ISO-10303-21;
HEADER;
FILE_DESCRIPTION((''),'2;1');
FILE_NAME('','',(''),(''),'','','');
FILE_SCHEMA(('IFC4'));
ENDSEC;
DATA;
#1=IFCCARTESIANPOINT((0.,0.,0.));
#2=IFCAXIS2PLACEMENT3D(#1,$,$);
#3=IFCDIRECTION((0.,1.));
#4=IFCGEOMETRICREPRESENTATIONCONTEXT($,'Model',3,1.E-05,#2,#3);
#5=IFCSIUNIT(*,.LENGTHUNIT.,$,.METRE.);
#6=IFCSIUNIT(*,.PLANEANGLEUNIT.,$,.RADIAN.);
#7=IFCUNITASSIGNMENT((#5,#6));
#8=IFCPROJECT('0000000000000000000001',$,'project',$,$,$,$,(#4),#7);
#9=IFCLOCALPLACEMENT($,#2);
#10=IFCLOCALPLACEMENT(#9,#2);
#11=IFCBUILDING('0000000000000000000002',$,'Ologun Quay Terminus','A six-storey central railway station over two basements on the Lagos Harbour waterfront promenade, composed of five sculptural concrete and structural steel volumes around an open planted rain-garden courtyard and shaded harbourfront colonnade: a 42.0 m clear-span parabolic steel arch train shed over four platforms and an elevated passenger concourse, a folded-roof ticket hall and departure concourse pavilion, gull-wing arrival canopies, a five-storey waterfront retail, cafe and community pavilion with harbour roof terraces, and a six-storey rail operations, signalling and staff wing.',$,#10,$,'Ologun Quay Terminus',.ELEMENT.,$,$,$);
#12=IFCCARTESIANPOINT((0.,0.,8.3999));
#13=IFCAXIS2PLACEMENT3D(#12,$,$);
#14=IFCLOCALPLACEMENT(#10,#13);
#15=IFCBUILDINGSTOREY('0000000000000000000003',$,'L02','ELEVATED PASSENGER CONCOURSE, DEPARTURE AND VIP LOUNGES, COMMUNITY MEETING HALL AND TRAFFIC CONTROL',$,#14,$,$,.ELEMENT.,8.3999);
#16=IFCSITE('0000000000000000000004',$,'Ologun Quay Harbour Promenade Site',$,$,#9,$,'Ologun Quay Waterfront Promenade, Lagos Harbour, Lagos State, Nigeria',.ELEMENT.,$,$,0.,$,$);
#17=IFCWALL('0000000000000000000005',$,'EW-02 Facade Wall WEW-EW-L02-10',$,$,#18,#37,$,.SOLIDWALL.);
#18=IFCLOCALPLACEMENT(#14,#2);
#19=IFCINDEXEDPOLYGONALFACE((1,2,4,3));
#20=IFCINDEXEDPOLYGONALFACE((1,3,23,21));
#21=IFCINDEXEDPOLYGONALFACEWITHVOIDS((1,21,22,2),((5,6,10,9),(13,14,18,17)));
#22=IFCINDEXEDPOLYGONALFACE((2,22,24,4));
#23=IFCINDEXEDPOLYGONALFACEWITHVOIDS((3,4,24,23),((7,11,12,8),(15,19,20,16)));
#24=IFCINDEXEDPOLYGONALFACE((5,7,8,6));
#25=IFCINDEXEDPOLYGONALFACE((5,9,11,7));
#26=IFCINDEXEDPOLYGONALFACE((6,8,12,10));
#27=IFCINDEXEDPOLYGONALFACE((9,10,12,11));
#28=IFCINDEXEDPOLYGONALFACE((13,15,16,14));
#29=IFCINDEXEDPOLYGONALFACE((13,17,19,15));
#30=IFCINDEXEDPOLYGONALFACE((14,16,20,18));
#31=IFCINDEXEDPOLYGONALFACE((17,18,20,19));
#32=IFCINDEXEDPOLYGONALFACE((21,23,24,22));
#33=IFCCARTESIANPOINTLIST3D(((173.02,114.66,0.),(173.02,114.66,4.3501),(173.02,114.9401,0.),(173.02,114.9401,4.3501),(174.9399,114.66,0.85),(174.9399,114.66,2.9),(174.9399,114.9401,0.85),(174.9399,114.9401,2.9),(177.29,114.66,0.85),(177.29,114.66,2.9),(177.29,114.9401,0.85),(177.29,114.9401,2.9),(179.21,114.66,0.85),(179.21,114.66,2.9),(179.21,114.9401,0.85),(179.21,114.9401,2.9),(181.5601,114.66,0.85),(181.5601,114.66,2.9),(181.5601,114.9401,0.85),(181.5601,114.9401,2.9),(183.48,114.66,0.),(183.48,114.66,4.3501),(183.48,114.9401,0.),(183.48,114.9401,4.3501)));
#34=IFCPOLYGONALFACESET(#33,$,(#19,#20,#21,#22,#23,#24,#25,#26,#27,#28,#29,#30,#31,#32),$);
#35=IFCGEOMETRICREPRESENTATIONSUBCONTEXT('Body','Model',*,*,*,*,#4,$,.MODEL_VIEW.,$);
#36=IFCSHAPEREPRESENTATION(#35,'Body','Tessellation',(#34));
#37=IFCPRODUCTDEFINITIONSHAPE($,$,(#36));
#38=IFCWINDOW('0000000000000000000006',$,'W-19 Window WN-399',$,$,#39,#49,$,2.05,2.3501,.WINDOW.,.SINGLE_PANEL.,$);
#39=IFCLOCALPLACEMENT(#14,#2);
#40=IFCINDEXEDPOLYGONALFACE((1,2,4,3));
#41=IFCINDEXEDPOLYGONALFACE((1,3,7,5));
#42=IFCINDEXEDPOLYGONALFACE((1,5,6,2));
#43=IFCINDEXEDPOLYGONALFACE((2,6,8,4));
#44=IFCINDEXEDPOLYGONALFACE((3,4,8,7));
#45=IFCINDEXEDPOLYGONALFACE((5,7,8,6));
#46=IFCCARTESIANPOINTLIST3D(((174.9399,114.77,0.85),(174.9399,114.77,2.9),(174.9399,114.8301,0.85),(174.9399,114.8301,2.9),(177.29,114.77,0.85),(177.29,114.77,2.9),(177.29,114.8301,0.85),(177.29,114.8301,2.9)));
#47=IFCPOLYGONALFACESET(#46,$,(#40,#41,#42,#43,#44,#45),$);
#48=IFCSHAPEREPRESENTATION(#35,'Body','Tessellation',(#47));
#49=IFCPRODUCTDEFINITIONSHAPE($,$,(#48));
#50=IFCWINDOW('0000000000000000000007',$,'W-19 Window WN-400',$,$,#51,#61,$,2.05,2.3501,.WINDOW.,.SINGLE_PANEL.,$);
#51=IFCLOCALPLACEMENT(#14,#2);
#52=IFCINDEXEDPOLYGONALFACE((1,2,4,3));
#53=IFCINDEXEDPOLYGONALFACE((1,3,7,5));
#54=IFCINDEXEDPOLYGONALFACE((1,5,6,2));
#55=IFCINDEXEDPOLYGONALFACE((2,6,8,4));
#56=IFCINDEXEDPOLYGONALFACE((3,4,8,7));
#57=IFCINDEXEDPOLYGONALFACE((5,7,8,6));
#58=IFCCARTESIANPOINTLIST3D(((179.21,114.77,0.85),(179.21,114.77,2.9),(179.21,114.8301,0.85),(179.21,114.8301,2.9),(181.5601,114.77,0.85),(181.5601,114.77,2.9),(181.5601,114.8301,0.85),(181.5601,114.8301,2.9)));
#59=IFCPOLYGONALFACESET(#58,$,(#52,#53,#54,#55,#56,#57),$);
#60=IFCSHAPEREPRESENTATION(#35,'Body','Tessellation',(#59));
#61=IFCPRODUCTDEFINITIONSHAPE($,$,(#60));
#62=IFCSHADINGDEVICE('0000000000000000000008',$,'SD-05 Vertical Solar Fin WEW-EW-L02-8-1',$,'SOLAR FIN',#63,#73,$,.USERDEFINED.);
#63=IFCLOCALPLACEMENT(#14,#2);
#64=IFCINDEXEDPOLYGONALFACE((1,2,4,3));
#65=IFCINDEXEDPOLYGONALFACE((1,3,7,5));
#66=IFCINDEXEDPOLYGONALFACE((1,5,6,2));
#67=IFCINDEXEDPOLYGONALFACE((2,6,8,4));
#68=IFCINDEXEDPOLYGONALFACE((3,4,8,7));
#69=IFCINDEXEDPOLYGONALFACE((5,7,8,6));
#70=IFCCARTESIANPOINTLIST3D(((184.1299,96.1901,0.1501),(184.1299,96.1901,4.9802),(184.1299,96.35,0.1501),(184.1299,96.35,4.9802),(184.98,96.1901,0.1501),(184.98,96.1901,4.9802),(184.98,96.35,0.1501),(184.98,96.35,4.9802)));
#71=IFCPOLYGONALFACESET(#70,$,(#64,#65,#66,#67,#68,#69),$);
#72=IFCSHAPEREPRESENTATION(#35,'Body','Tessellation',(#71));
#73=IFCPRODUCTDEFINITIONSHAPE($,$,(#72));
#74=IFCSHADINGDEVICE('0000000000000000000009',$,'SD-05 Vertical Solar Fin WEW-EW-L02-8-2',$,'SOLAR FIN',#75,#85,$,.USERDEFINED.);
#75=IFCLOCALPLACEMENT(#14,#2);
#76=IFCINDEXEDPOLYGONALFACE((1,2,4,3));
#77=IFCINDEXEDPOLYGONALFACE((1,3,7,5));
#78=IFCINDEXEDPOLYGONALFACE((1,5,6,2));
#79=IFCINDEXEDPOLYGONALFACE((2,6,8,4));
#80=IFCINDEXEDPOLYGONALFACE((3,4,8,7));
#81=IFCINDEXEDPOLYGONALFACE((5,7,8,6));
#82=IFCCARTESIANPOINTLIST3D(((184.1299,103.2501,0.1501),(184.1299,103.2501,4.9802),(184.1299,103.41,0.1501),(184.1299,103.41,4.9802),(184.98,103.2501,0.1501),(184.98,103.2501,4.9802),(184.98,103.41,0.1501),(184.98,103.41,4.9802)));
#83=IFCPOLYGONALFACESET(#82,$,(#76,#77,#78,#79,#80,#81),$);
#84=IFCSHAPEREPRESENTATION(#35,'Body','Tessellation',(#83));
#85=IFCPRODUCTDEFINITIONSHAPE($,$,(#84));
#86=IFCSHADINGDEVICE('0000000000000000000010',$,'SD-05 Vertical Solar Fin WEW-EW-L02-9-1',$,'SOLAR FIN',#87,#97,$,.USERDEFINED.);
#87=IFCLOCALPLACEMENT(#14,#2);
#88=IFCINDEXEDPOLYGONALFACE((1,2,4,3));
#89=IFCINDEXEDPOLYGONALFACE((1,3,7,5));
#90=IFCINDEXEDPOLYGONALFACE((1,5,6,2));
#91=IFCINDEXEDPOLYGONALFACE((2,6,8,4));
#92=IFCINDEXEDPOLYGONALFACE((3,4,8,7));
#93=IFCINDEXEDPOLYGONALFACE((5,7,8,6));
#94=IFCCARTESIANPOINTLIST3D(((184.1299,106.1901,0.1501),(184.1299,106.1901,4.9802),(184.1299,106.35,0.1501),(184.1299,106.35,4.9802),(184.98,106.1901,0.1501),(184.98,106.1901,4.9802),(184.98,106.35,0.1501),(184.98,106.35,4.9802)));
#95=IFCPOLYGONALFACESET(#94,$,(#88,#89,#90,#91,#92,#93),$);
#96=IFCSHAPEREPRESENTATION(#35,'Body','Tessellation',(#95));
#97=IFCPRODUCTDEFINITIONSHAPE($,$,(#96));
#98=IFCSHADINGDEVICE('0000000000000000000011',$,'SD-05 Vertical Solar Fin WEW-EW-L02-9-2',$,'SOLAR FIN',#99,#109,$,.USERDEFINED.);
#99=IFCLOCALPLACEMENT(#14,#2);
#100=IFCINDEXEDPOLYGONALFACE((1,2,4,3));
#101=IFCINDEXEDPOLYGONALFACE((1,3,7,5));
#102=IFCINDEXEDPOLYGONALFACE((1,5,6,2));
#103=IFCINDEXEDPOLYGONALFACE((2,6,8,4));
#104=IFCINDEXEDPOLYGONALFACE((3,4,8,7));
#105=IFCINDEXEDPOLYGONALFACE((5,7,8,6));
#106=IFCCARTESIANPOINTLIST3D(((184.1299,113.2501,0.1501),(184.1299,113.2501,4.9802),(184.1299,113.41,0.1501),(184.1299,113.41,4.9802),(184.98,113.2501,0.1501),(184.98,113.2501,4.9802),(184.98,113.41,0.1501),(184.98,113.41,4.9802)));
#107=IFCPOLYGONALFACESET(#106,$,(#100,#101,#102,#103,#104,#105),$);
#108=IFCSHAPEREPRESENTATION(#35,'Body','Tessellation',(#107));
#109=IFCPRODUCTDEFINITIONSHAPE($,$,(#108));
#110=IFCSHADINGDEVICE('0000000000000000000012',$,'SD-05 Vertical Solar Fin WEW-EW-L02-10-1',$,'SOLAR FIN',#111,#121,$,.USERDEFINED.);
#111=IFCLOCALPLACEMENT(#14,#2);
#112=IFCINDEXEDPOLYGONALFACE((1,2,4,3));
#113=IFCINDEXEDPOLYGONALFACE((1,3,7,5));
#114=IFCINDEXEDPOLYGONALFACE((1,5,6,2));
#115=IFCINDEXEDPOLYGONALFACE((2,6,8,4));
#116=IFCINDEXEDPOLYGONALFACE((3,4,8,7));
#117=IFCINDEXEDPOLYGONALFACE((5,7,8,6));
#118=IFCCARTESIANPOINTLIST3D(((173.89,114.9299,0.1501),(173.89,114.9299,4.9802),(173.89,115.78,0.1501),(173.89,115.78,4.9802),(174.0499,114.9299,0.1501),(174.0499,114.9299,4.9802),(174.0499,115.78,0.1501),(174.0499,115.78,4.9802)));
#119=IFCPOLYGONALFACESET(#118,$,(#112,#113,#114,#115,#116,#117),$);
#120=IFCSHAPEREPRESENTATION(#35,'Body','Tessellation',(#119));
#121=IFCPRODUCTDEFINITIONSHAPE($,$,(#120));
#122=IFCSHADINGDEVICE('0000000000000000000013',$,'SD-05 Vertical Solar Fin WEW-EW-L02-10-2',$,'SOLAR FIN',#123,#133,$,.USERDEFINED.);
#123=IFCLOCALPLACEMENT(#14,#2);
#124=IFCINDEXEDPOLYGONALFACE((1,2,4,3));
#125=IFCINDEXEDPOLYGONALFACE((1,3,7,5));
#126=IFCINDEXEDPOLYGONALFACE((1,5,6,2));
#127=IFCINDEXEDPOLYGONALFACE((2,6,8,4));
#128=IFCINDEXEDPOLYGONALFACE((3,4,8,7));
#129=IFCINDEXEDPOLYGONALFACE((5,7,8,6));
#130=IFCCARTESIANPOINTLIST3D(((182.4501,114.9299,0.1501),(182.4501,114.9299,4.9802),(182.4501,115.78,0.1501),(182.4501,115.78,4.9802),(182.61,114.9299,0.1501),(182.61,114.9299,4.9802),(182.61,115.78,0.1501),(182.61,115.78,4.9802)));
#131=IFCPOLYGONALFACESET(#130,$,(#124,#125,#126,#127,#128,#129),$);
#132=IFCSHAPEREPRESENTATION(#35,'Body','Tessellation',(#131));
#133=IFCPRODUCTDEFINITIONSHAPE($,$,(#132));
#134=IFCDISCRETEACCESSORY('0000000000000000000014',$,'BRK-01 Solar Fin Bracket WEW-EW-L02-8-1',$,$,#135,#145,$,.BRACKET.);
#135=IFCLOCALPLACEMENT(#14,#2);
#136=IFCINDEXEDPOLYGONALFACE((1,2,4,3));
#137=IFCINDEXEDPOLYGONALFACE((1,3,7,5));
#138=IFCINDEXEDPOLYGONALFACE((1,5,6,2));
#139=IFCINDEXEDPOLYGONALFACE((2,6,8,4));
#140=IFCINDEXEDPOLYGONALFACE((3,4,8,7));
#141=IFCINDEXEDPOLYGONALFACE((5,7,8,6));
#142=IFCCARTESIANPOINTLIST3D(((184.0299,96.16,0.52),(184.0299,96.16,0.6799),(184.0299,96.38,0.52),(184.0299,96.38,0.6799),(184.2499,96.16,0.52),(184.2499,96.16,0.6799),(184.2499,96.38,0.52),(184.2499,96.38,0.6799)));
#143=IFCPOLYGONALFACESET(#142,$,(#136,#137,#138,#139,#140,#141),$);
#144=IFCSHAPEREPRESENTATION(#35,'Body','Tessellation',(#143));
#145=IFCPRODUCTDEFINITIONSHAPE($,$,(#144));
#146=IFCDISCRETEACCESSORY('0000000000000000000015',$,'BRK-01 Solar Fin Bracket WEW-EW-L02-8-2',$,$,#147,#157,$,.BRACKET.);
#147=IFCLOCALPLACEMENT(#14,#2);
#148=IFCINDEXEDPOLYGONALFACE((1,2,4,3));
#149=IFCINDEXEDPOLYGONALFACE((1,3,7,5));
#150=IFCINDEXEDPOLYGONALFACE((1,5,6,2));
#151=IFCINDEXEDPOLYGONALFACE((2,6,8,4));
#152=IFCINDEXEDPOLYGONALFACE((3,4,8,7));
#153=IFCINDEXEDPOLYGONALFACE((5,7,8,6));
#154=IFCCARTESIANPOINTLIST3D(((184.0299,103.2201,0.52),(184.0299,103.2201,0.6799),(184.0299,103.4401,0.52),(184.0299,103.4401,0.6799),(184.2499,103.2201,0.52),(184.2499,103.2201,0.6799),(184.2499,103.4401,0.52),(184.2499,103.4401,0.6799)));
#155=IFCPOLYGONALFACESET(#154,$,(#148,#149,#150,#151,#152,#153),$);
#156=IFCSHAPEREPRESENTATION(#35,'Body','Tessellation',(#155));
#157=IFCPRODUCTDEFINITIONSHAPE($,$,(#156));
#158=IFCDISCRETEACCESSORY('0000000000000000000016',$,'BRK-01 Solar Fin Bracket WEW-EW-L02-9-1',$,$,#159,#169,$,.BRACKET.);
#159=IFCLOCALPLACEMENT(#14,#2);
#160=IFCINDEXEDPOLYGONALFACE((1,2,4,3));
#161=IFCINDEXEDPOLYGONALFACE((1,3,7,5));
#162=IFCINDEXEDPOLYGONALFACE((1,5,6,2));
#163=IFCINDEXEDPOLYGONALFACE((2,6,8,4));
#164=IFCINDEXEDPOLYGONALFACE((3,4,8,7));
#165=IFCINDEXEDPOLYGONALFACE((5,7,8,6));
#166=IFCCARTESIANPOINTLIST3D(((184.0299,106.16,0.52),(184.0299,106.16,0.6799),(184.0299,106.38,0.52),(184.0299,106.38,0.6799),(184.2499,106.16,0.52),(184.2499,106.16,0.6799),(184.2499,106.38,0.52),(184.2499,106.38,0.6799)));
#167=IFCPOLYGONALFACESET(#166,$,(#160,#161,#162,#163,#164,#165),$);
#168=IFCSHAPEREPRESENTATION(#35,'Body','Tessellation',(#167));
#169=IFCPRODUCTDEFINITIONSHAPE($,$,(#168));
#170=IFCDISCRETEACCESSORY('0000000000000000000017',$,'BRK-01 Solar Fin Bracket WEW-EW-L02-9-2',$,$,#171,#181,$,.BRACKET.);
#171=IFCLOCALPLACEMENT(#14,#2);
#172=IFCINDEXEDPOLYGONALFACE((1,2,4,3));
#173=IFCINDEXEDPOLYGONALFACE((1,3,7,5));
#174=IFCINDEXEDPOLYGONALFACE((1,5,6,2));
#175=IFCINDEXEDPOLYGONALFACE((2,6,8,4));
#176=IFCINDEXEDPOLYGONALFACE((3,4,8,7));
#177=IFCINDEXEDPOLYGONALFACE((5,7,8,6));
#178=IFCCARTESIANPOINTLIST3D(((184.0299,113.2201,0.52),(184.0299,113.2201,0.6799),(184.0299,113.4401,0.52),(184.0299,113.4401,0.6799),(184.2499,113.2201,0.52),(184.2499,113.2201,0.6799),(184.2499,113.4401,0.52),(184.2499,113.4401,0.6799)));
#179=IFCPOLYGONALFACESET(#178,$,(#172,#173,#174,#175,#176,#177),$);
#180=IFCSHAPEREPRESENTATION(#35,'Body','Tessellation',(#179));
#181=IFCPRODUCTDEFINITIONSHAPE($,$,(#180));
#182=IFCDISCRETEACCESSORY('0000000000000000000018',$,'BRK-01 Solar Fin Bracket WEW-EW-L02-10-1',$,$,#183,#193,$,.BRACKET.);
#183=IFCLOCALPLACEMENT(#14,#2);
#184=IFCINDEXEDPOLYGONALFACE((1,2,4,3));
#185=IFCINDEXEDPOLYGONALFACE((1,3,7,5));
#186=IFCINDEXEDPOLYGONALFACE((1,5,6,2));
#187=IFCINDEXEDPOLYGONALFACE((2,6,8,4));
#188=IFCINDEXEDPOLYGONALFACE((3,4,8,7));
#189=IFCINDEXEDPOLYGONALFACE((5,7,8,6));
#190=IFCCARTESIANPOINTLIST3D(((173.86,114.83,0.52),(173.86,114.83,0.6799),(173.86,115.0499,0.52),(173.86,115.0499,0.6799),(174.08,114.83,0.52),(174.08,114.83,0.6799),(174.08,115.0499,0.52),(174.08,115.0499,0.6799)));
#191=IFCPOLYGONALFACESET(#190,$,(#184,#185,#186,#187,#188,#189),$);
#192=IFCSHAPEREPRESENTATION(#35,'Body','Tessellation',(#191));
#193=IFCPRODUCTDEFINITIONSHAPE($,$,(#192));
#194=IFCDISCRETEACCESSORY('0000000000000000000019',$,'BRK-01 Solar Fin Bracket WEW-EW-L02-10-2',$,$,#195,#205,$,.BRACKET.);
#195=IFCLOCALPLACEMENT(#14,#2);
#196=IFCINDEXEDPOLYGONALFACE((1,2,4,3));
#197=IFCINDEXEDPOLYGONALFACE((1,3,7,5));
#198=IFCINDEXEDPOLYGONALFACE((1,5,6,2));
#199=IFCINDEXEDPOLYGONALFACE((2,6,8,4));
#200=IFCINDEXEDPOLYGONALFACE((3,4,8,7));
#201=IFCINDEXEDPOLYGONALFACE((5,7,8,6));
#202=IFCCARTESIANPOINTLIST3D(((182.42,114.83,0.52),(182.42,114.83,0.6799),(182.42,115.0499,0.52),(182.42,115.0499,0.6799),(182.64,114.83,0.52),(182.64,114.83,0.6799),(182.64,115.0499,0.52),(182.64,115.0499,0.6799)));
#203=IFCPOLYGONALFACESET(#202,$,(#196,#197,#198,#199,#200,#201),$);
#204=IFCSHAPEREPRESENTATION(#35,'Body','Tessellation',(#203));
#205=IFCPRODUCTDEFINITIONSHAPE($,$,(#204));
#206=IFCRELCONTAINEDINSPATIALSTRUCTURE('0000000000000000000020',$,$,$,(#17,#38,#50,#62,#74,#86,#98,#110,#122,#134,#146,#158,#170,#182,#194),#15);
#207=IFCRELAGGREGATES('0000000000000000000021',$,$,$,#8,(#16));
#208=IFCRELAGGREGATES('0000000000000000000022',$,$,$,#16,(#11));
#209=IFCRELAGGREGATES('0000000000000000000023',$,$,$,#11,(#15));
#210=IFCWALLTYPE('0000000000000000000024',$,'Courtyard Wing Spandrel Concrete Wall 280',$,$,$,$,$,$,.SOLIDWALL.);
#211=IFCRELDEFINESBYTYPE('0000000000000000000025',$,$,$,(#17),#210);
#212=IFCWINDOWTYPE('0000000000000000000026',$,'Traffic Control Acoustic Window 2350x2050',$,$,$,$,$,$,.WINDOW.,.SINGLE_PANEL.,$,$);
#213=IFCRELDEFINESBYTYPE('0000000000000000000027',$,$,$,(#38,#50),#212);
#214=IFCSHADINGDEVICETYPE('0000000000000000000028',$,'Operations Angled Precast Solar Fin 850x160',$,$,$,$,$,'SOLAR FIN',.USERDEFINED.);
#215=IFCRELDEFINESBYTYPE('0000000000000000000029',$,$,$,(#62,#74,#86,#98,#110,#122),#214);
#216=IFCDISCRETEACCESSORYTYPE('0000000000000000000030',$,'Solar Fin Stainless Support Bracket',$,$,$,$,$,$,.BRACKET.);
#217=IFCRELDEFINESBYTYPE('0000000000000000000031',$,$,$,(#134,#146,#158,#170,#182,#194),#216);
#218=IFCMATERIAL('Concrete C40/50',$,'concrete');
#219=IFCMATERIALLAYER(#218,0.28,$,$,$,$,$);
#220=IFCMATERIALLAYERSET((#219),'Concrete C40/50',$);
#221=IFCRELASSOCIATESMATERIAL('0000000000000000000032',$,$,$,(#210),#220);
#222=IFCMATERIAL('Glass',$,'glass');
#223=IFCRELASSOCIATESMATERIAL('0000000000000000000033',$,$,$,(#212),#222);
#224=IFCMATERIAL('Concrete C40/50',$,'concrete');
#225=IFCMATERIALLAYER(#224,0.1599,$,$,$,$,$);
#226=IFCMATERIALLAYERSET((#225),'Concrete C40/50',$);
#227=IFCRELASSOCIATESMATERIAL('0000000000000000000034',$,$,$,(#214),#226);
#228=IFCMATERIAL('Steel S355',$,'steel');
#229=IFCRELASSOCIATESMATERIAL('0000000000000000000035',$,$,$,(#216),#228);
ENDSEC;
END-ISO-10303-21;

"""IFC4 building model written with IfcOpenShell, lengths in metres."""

from ifc_helpers import new_model, si_unit, direction, frame, frame_2d, origin, origin_2d, place, context, subcontext, project, spatial, rectangle, extrude, material, layer, layer_set, type_object, element, fill, save


model = new_model("IFC4")

# Units and contexts
model_context = context("Model", 3, precision=1e-05, world=origin(), true_north=direction((0.0, 1.0)))
body_context = subcontext(model_context, "Body", "Model", "MODEL_VIEW")
ifc_project = project(units=[si_unit("LENGTHUNIT", "METRE"), si_unit("PLANEANGLEUNIT", "RADIAN")], contexts=[model_context])

# Site, building, storey
site_placement = place(None, origin())
site = spatial("IfcSite", under=ifc_project, at=site_placement, Name="Ologun Quay Harbour Promenade Site", LongName="Ologun Quay Waterfront Promenade, Lagos Harbour, Lagos State, Nigeria", CompositionType="ELEMENT", RefElevation=0.0)
building_placement = place(site_placement, origin())
building = spatial("IfcBuilding", under=site, at=building_placement, Name="Ologun Quay Terminus", Description="A six-storey central railway station over two basements on the Lagos Harbour waterfront promenade, composed of five sculptural concrete and structural steel volumes around an open planted rain-garden courtyard and shaded harbourfront colonnade: a 42.0 m clear-span parabolic steel arch train shed over four platforms and an elevated passenger concourse, a folded-roof ticket hall and departure concourse pavilion, gull-wing arrival canopies, a five-storey waterfront retail, cafe and community pavilion with harbour roof terraces, and a six-storey rail operations, signalling and staff wing.", LongName="Ologun Quay Terminus", CompositionType="ELEMENT")
storey_placement = place(building_placement, frame((0.0, 0.0, 8.3999)))
storey = spatial("IfcBuildingStorey", under=building, at=storey_placement, Name="L02", Description="ELEVATED PASSENGER CONCOURSE, DEPARTURE AND VIP LOUNGES, COMMUNITY MEETING HALL AND TRAFFIC CONTROL", CompositionType="ELEMENT", Elevation=8.3999)

# Wall, openings, windows
ifc_material_1 = material(Name="Concrete C40/50", Category="concrete")
ifc_layer_1 = layer(ifc_material_1, 0.28)
ifc_layer_set_1 = layer_set([ifc_layer_1], Name="Concrete C40/50")
wall_type = type_object("IfcWallType", Name="Courtyard Wing Spandrel Concrete Wall 280", PredefinedType="SOLIDWALL", material=ifc_layer_set_1)
wall_1_placement = place(storey_placement, frame((173.02, 114.8, 0.0), z_axis=(0.0, 0.0, 1.0), x_axis=(1.0, 0.0, 0.0)))
wall_1 = element("IfcWall", 1, at=wall_1_placement, inside=storey, type_object=wall_type, Name="EW-02 Facade Wall WEW-EW-L02-10", PredefinedType="SOLIDWALL", context=body_context, shape_type="SweptSolid", body=[
    extrude(rectangle(XDim=10.46, YDim=0.28, at=frame_2d((5.23, 0.0))), origin(), (0.0, 0.0, 1.0), 4.3501),
])
opening_1_placement = place(wall_1_placement, frame((1.9199, 0.0, 0.8501)))
opening_1 = element("IfcOpeningElement", 2, at=opening_1_placement, cuts=wall_1, PredefinedType="OPENING", context=body_context, shape_type="SweptSolid", body=[
    extrude(rectangle(XDim=2.3501, YDim=2.05, at=frame_2d((1.175, 1.0249))), frame((0.0, 0.1499, 0.0), z_axis=(0.0, -1.0, 0.0), x_axis=(1.0, 0.0, 0.0)), (0.0, 0.0, 1.0), 0.3),
])
opening_2_placement = place(wall_1_placement, frame((6.1899, 0.0, 0.8501)))
opening_2 = element("IfcOpeningElement", 3, at=opening_2_placement, cuts=wall_1, PredefinedType="OPENING", context=body_context, shape_type="SweptSolid", body=[
    extrude(rectangle(XDim=2.3501, YDim=2.05, at=frame_2d((1.175, 1.0249))), frame((0.0, 0.1499, 0.0), z_axis=(0.0, -1.0, 0.0), x_axis=(1.0, 0.0, 0.0)), (0.0, 0.0, 1.0), 0.3),
])
ifc_material_2 = material(Name="Glass", Category="glass")
window_type_1 = type_object("IfcWindowType", Name="Traffic Control Acoustic Window 2350x2050", PartitioningType="SINGLE_PANEL", PredefinedType="WINDOW", material=ifc_material_2)
window_1_placement = place(opening_1_placement, origin())
window_1 = element("IfcWindow", 4, at=window_1_placement, inside=storey, type_object=window_type_1, Name="W-19 Window WN-399", OverallHeight=2.05, OverallWidth=2.3501, PartitioningType="SINGLE_PANEL", PredefinedType="WINDOW", context=body_context, shape_type="SweptSolid", body=[
    extrude(rectangle(XDim=2.3501, YDim=2.05, at=frame_2d((1.175, 1.0249))), frame((0.0, 0.03, 0.0), z_axis=(0.0, -1.0, 0.0), x_axis=(1.0, 0.0, 0.0)), (0.0, 0.0, 1.0), 0.0601),
])
fill(opening_1, window_1)
window_2_placement = place(opening_2_placement, origin())
window_2 = element("IfcWindow", 5, at=window_2_placement, inside=storey, type_object=window_type_1, Name="W-19 Window WN-400", OverallHeight=2.05, OverallWidth=2.3501, PartitioningType="SINGLE_PANEL", PredefinedType="WINDOW", context=body_context, shape_type="SweptSolid", body=[
    extrude(rectangle(XDim=2.3501, YDim=2.05, at=frame_2d((1.175, 1.0249))), frame((0.0, 0.03, 0.0), z_axis=(0.0, -1.0, 0.0), x_axis=(1.0, 0.0, 0.0)), (0.0, 0.0, 1.0), 0.0601),
])
fill(opening_2, window_2)

# Shading devices
ifc_material_3 = material(Name="Concrete C40/50", Category="concrete")
ifc_layer_2 = layer(ifc_material_3, 0.1599)
ifc_layer_set_2 = layer_set([ifc_layer_2], Name="Concrete C40/50")
shading_device_type = type_object("IfcShadingDeviceType", Name="Operations Angled Precast Solar Fin 850x160", ElementType="SOLAR FIN", PredefinedType="USERDEFINED", material=ifc_layer_set_2)
for number, where, z_axis, x_axis, name in (
    (6, (184.5549, 96.27, 0.1501), (0.0, 0.0, 1.0), (1.0, 0.0, 0.0), "SD-05 Vertical Solar Fin WEW-EW-L02-8-1"),
    (7, (184.5549, 103.3301, 0.1501), (0.0, 0.0, 1.0), (1.0, 0.0, 0.0), "SD-05 Vertical Solar Fin WEW-EW-L02-8-2"),
    (8, (184.5549, 106.27, 0.1501), (0.0, 0.0, 1.0), (1.0, 0.0, 0.0), "SD-05 Vertical Solar Fin WEW-EW-L02-9-1"),
    (9, (184.5549, 113.3301, 0.1501), (0.0, 0.0, 1.0), (1.0, 0.0, 0.0), "SD-05 Vertical Solar Fin WEW-EW-L02-9-2"),
):
    element("IfcShadingDevice", number, at=place(storey_placement, frame(where, z_axis=z_axis, x_axis=x_axis)), inside=storey, type_object=shading_device_type, Name=name, ObjectType="SOLAR FIN", PredefinedType="USERDEFINED", context=body_context, shape_type="SweptSolid", body=[
        extrude(rectangle(XDim=0.8501, YDim=0.1599, at=origin_2d()), origin(), (0.0, 0.0, 1.0), 4.8301),
    ])
for number, where, z_axis, x_axis, name in (
    (10, (173.97, 115.355, 0.1501), (0.0, 0.0, 1.0), (1.0, 0.0, 0.0), "SD-05 Vertical Solar Fin WEW-EW-L02-10-1"),
    (11, (182.53, 115.355, 0.1501), (0.0, 0.0, 1.0), (1.0, 0.0, 0.0), "SD-05 Vertical Solar Fin WEW-EW-L02-10-2"),
):
    element("IfcShadingDevice", number, at=place(storey_placement, frame(where, z_axis=z_axis, x_axis=x_axis)), inside=storey, type_object=shading_device_type, Name=name, ObjectType="SOLAR FIN", PredefinedType="USERDEFINED", context=body_context, shape_type="SweptSolid", body=[
        extrude(rectangle(XDim=0.1599, YDim=0.8501, at=origin_2d()), origin(), (0.0, 0.0, 1.0), 4.8301),
    ])

# Discrete accessories
ifc_material_4 = material(Name="Steel S355", Category="steel")
discrete_accessory_type = type_object("IfcDiscreteAccessoryType", Name="Solar Fin Stainless Support Bracket", PredefinedType="BRACKET", material=ifc_material_4)
for number, where, z_axis, x_axis, name in (
    (12, (184.1399, 96.27, 0.52), (0.0, 0.0, 1.0), (1.0, 0.0, 0.0), "BRK-01 Solar Fin Bracket WEW-EW-L02-8-1"),
    (13, (184.1399, 103.3301, 0.52), (0.0, 0.0, 1.0), (1.0, 0.0, 0.0), "BRK-01 Solar Fin Bracket WEW-EW-L02-8-2"),
    (14, (184.1399, 106.27, 0.52), (0.0, 0.0, 1.0), (1.0, 0.0, 0.0), "BRK-01 Solar Fin Bracket WEW-EW-L02-9-1"),
    (15, (184.1399, 113.3301, 0.52), (0.0, 0.0, 1.0), (1.0, 0.0, 0.0), "BRK-01 Solar Fin Bracket WEW-EW-L02-9-2"),
    (16, (173.97, 114.9399, 0.52), (0.0, 0.0, 1.0), (1.0, 0.0, 0.0), "BRK-01 Solar Fin Bracket WEW-EW-L02-10-1"),
    (17, (182.53, 114.9399, 0.52), (0.0, 0.0, 1.0), (1.0, 0.0, 0.0), "BRK-01 Solar Fin Bracket WEW-EW-L02-10-2"),
):
    element("IfcDiscreteAccessory", number, at=place(storey_placement, frame(where, z_axis=z_axis, x_axis=x_axis)), inside=storey, type_object=discrete_accessory_type, Name=name, PredefinedType="BRACKET", context=body_context, shape_type="SweptSolid", body=[
        extrude(rectangle(XDim=0.22, YDim=0.22, at=origin_2d()), origin(), (0.0, 0.0, 1.0), 0.1599),
    ])

save(model, "model.ifc")
